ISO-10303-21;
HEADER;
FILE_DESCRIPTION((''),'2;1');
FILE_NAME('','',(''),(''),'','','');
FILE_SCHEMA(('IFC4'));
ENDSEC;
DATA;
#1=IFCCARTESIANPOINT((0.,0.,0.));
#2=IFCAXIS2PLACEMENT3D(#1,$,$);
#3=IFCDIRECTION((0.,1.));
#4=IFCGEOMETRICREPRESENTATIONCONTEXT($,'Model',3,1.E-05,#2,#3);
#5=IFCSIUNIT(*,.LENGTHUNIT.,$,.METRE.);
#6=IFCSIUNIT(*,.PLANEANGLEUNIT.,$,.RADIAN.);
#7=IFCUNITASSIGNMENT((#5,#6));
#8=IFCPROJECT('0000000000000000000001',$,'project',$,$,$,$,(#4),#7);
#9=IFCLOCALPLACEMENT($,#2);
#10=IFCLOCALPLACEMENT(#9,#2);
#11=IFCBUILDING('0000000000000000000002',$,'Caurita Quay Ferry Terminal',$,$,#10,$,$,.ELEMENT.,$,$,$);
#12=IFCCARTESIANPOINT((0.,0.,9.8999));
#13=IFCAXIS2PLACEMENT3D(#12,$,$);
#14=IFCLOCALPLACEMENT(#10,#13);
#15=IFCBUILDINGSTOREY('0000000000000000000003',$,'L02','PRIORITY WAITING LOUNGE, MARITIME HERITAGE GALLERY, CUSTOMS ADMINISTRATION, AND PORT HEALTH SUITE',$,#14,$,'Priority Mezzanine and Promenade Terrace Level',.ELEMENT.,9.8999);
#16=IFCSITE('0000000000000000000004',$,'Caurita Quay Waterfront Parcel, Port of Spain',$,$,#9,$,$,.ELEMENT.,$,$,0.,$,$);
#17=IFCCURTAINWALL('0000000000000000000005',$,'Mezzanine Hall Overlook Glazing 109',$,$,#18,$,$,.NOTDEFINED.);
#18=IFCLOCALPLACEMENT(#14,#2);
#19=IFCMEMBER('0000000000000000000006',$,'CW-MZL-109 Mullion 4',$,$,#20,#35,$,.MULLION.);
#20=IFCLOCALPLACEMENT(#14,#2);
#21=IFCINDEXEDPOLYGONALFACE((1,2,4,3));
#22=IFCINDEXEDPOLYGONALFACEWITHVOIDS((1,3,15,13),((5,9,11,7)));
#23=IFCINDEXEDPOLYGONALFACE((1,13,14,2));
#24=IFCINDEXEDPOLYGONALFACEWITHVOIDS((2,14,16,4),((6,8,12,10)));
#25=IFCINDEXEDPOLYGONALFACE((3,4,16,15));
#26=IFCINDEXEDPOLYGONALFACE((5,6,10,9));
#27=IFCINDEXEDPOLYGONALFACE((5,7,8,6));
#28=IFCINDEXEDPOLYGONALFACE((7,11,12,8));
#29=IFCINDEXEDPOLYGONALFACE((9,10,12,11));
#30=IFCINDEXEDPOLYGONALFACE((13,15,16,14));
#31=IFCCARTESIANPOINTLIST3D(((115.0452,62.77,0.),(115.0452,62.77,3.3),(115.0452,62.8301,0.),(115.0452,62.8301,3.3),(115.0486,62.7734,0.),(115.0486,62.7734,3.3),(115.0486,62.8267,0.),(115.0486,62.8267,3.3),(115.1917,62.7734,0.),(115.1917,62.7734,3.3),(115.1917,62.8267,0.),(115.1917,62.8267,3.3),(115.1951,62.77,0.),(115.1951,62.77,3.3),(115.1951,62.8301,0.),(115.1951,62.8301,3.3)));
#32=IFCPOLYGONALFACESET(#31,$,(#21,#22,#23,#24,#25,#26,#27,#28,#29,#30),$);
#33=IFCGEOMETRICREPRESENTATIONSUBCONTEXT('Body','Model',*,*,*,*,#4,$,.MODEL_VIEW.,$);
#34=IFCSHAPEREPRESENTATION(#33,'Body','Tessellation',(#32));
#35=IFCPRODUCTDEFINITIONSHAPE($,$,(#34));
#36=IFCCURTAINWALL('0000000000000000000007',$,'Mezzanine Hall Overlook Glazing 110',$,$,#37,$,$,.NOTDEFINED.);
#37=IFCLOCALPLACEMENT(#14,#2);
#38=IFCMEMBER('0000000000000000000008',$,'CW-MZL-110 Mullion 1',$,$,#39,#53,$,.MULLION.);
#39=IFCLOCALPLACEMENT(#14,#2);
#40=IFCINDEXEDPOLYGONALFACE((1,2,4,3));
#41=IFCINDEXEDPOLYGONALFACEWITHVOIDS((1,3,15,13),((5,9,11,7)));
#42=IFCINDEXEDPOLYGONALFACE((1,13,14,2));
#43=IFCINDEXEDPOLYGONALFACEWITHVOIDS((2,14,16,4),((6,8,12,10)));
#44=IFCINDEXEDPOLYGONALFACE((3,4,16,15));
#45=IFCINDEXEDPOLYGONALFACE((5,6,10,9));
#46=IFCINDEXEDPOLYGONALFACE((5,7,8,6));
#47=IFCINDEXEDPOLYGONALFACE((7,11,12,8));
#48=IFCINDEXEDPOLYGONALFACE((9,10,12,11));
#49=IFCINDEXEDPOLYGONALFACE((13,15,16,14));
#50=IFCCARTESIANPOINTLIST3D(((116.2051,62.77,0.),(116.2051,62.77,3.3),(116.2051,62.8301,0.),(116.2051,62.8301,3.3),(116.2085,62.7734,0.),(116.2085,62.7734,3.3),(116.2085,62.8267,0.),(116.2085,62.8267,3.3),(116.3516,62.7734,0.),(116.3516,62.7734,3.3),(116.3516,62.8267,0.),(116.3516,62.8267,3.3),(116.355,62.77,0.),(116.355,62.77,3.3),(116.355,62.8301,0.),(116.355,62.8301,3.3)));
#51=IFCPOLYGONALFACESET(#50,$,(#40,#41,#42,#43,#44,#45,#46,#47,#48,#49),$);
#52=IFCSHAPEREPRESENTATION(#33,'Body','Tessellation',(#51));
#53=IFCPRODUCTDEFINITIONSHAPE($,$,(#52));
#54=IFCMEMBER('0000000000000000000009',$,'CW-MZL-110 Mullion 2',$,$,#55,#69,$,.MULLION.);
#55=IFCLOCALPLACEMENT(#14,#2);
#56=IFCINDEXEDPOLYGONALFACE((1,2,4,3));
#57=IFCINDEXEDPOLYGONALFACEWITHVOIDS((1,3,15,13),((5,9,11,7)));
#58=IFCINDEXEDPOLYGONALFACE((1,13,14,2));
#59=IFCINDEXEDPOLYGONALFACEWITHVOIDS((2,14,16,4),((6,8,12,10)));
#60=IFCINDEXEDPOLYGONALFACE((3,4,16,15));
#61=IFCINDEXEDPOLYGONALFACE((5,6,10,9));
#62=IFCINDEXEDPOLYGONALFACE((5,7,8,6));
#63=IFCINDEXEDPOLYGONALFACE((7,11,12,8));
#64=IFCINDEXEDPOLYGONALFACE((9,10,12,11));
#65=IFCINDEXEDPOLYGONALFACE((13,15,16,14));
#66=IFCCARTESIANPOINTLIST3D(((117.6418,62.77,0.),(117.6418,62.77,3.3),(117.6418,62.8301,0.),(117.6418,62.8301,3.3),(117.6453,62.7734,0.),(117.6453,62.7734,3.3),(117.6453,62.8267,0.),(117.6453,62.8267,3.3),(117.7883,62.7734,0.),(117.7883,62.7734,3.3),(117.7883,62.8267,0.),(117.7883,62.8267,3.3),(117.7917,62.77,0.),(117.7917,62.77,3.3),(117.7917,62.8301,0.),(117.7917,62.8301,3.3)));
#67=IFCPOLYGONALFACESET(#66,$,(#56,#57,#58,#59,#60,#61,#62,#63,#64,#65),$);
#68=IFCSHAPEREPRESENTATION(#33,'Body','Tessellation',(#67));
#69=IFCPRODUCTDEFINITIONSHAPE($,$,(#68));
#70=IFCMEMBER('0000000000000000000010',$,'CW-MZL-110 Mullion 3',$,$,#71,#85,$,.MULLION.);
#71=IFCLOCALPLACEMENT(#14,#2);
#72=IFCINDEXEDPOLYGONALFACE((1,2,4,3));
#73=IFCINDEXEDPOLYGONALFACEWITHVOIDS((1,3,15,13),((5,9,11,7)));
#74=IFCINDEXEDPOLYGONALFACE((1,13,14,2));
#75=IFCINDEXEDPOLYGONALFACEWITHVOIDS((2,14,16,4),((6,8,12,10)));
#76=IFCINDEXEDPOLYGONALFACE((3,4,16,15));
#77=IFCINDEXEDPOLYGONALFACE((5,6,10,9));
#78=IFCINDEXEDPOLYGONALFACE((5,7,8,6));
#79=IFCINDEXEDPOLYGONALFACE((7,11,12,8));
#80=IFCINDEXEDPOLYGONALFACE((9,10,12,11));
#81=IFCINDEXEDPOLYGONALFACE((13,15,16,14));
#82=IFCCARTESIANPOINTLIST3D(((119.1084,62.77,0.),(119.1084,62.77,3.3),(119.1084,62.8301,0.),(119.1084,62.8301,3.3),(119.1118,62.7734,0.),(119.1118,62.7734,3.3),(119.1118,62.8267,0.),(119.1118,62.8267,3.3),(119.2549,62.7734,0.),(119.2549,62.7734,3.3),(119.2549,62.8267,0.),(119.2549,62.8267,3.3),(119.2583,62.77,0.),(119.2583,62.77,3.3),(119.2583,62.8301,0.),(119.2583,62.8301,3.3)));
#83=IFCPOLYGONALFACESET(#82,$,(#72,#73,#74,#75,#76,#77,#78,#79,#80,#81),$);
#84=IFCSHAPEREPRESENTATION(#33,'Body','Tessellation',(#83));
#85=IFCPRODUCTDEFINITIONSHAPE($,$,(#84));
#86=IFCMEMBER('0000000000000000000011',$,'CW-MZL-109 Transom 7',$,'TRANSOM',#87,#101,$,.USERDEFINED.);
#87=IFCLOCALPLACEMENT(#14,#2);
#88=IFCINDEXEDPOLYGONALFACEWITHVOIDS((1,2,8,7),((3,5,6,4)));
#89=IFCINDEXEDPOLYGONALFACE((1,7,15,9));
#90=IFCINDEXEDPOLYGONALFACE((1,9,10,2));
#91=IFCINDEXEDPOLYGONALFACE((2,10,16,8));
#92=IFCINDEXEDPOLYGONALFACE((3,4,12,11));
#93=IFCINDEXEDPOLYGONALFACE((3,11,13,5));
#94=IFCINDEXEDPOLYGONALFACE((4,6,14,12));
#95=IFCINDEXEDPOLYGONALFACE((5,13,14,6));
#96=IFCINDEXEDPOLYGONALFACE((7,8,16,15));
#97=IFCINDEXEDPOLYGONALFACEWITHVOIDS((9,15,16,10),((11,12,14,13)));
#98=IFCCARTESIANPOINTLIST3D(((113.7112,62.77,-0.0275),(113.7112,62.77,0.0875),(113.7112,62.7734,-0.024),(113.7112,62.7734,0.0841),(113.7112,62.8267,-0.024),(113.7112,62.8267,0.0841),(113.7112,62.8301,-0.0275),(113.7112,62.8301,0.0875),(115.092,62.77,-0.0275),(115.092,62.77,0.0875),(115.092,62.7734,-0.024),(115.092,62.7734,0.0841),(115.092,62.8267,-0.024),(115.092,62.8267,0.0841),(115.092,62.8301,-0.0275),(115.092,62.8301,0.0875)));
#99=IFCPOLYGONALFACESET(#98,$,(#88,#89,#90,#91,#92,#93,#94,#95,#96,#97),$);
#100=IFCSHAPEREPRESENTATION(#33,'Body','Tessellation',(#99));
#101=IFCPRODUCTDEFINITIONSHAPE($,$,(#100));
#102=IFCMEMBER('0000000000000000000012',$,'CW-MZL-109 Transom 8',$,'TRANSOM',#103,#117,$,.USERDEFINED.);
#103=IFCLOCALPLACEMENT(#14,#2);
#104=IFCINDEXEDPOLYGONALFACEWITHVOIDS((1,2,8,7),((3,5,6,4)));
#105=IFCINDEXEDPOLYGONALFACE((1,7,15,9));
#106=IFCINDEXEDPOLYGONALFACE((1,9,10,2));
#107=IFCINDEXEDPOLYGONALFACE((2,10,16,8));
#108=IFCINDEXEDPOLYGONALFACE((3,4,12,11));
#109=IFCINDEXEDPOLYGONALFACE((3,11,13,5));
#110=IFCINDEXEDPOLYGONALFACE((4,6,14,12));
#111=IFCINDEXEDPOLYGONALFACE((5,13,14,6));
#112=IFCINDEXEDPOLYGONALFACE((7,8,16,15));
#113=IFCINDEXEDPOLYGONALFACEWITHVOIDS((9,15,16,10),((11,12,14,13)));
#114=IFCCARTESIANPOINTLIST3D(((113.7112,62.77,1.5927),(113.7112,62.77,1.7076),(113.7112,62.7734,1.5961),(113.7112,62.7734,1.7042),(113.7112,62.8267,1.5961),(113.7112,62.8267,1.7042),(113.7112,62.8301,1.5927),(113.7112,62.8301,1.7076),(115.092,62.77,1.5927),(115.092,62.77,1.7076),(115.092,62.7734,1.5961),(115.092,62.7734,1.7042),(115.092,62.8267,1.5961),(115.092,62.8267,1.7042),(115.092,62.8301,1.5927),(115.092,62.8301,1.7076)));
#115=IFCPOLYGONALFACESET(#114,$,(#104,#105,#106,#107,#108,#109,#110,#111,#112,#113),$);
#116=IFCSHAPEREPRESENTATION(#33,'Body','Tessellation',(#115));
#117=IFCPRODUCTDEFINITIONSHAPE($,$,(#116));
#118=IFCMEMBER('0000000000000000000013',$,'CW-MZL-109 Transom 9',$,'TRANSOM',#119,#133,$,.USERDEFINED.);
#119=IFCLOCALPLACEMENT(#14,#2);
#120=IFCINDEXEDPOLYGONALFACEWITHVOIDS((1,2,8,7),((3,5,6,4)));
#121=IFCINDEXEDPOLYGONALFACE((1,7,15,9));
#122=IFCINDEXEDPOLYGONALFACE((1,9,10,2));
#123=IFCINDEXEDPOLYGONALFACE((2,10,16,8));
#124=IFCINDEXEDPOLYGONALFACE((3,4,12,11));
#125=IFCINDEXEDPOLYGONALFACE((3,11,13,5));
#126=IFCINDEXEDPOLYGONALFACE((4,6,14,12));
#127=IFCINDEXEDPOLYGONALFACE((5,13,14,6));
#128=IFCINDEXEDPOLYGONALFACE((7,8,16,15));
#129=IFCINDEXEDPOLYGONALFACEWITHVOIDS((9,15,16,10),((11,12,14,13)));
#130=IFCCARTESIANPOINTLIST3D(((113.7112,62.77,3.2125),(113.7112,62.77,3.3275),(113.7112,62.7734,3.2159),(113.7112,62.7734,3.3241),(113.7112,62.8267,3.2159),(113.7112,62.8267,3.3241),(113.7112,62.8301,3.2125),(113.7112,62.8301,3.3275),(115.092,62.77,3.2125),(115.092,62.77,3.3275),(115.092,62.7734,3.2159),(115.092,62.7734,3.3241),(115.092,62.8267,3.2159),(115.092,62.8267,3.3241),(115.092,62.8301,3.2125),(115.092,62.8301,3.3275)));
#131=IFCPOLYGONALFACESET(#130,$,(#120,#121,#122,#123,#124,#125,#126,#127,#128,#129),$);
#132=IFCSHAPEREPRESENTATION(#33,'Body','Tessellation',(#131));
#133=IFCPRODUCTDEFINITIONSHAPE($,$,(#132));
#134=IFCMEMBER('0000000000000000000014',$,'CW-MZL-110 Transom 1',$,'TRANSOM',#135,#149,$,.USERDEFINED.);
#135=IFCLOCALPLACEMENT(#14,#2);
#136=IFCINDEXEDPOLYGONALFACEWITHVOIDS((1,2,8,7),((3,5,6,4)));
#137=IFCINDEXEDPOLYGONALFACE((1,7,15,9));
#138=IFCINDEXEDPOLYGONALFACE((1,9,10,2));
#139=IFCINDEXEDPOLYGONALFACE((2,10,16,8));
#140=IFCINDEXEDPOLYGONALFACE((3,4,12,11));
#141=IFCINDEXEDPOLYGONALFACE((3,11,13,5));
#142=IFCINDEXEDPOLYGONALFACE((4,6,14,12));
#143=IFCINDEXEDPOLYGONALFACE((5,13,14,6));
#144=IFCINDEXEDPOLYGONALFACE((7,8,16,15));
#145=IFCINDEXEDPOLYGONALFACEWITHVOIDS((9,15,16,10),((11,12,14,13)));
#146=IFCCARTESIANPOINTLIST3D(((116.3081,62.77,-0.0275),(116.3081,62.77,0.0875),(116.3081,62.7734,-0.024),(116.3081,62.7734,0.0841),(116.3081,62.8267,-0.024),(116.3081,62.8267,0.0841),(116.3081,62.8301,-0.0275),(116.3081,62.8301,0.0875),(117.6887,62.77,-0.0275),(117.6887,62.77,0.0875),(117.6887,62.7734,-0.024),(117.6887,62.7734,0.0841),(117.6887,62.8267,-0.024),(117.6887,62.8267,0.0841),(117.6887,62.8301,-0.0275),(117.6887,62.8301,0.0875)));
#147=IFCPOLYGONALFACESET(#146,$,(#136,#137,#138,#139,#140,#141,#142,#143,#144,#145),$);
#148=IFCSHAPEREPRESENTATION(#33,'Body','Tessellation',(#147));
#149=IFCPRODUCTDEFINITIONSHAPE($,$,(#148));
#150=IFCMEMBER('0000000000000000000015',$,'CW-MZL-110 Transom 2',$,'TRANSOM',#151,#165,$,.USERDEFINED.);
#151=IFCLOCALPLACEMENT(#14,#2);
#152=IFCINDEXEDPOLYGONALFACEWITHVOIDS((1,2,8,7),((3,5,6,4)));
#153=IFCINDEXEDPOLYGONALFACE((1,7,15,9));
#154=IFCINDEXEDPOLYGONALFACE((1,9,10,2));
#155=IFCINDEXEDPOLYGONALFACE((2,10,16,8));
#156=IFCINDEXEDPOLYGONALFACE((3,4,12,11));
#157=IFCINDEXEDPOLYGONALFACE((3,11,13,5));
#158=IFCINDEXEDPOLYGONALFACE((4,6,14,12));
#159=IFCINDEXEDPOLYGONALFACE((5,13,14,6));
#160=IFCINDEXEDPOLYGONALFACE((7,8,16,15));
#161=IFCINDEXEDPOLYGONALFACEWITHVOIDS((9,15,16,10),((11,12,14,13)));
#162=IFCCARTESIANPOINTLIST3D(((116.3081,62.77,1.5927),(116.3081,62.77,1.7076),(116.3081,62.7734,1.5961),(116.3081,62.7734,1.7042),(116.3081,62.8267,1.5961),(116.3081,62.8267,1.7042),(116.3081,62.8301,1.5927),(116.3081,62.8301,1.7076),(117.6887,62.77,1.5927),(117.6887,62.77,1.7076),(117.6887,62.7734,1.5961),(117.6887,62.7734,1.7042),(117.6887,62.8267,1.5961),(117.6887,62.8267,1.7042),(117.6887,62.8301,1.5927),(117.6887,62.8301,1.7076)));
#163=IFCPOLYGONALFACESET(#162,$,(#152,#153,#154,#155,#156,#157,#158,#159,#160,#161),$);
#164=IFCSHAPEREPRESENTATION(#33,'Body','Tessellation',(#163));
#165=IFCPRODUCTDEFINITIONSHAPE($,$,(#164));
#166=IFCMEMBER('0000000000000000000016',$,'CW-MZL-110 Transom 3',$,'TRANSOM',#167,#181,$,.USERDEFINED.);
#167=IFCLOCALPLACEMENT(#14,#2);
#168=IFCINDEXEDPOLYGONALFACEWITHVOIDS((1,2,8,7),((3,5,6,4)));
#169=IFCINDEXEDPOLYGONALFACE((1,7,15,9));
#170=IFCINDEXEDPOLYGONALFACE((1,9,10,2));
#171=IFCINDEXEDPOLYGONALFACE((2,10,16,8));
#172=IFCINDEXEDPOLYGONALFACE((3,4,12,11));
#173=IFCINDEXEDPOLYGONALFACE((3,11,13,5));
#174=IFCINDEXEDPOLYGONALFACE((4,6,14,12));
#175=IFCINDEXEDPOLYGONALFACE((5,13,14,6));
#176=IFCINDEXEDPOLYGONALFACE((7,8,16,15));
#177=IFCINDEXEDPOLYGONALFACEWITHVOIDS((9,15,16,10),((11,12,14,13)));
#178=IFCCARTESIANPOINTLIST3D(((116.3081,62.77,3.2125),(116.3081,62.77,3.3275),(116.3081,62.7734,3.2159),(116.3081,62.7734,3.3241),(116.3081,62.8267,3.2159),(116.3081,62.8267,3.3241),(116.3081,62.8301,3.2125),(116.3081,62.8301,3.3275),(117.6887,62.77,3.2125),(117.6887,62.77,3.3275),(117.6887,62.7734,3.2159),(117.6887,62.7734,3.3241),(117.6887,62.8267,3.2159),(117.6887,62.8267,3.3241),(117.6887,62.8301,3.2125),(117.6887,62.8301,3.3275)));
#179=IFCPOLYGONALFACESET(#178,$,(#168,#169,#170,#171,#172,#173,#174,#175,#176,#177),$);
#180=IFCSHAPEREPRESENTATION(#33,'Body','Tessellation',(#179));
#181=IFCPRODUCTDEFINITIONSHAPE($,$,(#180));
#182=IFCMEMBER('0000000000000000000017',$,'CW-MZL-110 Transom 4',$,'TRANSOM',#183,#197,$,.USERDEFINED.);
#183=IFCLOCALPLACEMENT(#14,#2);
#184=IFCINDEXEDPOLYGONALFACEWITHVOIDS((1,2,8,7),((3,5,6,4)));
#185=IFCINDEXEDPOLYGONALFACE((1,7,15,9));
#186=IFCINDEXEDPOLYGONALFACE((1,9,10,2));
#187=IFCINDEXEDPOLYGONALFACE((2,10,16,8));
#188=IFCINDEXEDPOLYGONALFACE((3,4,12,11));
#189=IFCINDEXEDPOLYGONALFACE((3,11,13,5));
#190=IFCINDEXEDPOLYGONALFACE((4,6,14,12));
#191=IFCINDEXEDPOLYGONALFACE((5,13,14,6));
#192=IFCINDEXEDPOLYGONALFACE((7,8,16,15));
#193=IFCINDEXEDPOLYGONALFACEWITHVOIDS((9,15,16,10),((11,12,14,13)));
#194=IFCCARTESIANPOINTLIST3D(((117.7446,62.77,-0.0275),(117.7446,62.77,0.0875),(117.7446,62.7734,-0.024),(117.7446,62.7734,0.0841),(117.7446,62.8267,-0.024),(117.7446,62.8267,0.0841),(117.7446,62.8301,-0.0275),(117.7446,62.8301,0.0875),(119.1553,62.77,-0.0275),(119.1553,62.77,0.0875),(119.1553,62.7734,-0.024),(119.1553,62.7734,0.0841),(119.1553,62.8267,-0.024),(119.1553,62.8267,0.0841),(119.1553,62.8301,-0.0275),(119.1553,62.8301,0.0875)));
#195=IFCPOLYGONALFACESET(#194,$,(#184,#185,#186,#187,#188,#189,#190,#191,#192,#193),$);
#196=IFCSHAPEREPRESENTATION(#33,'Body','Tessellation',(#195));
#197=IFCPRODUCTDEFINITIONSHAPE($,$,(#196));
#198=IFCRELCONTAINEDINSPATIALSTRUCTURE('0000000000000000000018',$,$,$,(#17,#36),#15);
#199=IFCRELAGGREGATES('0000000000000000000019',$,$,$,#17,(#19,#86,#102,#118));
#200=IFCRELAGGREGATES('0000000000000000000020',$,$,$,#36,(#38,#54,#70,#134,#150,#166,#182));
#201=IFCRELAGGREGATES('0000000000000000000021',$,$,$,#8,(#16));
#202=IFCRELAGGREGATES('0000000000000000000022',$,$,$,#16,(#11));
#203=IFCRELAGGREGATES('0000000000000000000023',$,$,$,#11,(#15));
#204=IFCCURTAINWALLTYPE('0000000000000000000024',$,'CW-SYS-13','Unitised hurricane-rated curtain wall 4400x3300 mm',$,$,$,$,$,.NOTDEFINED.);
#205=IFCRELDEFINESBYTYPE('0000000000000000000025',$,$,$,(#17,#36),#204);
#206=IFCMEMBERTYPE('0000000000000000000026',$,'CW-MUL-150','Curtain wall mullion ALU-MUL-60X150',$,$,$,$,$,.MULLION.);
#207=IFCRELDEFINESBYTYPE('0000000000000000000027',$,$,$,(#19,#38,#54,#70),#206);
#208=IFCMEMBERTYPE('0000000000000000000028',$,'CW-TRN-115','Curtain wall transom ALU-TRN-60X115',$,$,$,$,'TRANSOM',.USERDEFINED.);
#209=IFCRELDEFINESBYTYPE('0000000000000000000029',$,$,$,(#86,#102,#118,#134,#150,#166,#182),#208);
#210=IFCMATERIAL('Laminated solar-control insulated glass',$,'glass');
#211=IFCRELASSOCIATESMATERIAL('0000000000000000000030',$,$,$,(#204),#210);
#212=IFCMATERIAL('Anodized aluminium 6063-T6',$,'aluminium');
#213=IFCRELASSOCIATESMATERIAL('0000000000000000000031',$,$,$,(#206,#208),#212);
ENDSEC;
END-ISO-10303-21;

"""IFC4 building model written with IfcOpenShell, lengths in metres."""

from ifc_helpers import new_model, si_unit, direction, frame, origin, origin_2d, place, context, subcontext, project, spatial, hollow_rectangle, extrude, material, material_profile, profile_set, type_object, element, aggregate, save


model = new_model("IFC4")

# Units and contexts
model_context = context("Model", 3, precision=1e-05, world=origin(), true_north=direction((0.0, 1.0)))
body_context = subcontext(model_context, "Body", "Model", "MODEL_VIEW")
ifc_project = project(units=[si_unit("LENGTHUNIT", "METRE"), si_unit("PLANEANGLEUNIT", "RADIAN")], contexts=[model_context])

# Site, building, storey
site_placement = place(None, origin())
site = spatial("IfcSite", under=ifc_project, at=site_placement, Name="Caurita Quay Waterfront Parcel, Port of Spain", CompositionType="ELEMENT", RefElevation=0.0)
building_placement = place(site_placement, origin())
building = spatial("IfcBuilding", under=site, at=building_placement, Name="Caurita Quay Ferry Terminal", CompositionType="ELEMENT")
storey_placement = place(building_placement, frame((0.0, 0.0, 9.8999)))
storey = spatial("IfcBuildingStorey", under=building, at=storey_placement, Name="L02", Description="PRIORITY WAITING LOUNGE, MARITIME HERITAGE GALLERY, CUSTOMS ADMINISTRATION, AND PORT HEALTH SUITE", LongName="Priority Mezzanine and Promenade Terrace Level", CompositionType="ELEMENT", Elevation=9.8999)

# Curtain wall, member
ifc_material_1 = material(Name="Laminated solar-control insulated glass", Category="glass")
curtain_wall_type_1 = type_object("IfcCurtainWallType", Name="CW-SYS-13", Description="Unitised hurricane-rated curtain wall 4400x3300 mm", PredefinedType="NOTDEFINED", material=ifc_material_1)
curtain_wall_1_placement = place(storey_placement, origin())
curtain_wall_1 = element("IfcCurtainWall", 1, at=curtain_wall_1_placement, inside=storey, type_object=curtain_wall_type_1, Name="Mezzanine Hall Overlook Glazing 109", PredefinedType="NOTDEFINED")
ifc_material_2 = material(Name="Anodized aluminium 6063-T6", Category="aluminium")
ifc_material_profile_1 = material_profile(ifc_material_2, hollow_rectangle(XDim=0.0601, YDim=0.1499, WallThickness=0.0034, at=origin_2d()), Name="ALU-MUL-60X150")
ifc_profile_set_1 = profile_set([ifc_material_profile_1], Name="Anodized aluminium 6063-T6")
member_type_1 = type_object("IfcMemberType", Name="CW-MUL-150", Description="Curtain wall mullion ALU-MUL-60X150", PredefinedType="MULLION", material=ifc_profile_set_1)
member_1_placement = place(storey_placement, frame((115.1201, 62.8, 0.0), z_axis=(0.0, 0.0, 1.0), x_axis=(0.0, 1.0, 0.0)))
member_1 = element("IfcMember", 2, at=member_1_placement, type_object=member_type_1, Name="CW-MZL-109 Mullion 4", PredefinedType="MULLION", context=body_context, shape_type="SweptSolid", body=[
    extrude(hollow_rectangle(XDim=0.0601, YDim=0.1499, WallThickness=0.0034, at=origin_2d()), origin(), (0.0, 0.0, 1.0), 3.3),
])

# Curtain wall, members
curtain_wall_2_placement = place(storey_placement, origin())
curtain_wall_2 = element("IfcCurtainWall", 3, at=curtain_wall_2_placement, inside=storey, type_object=curtain_wall_type_1, Name="Mezzanine Hall Overlook Glazing 110", PredefinedType="NOTDEFINED")
member_2_placement = place(storey_placement, frame((116.28, 62.8, 0.0), z_axis=(0.0, 0.0, 1.0), x_axis=(0.0, 1.0, 0.0)))
member_2 = element("IfcMember", 4, at=member_2_placement, type_object=member_type_1, Name="CW-MZL-110 Mullion 1", PredefinedType="MULLION", context=body_context, shape_type="SweptSolid", body=[
    extrude(hollow_rectangle(XDim=0.0601, YDim=0.1499, WallThickness=0.0034, at=origin_2d()), origin(), (0.0, 0.0, 1.0), 3.3),
])
member_3_placement = place(storey_placement, frame((117.7168, 62.8, 0.0), z_axis=(0.0, 0.0, 1.0), x_axis=(0.0, 1.0, 0.0)))
member_3 = element("IfcMember", 5, at=member_3_placement, type_object=member_type_1, Name="CW-MZL-110 Mullion 2", PredefinedType="MULLION", context=body_context, shape_type="SweptSolid", body=[
    extrude(hollow_rectangle(XDim=0.0601, YDim=0.1499, WallThickness=0.0034, at=origin_2d()), origin(), (0.0, 0.0, 1.0), 3.3),
])
member_4_placement = place(storey_placement, frame((119.1833, 62.8, 0.0), z_axis=(0.0, 0.0, 1.0), x_axis=(0.0, 1.0, 0.0)))
member_4 = element("IfcMember", 6, at=member_4_placement, type_object=member_type_1, Name="CW-MZL-110 Mullion 3", PredefinedType="MULLION", context=body_context, shape_type="SweptSolid", body=[
    extrude(hollow_rectangle(XDim=0.0601, YDim=0.1499, WallThickness=0.0034, at=origin_2d()), origin(), (0.0, 0.0, 1.0), 3.3),
])

# Members
ifc_material_profile_2 = material_profile(ifc_material_2, hollow_rectangle(XDim=0.0601, YDim=0.115, WallThickness=0.0034, at=origin_2d()), Name="ALU-TRN-60X115")
ifc_profile_set_2 = profile_set([ifc_material_profile_2], Name="Anodized aluminium 6063-T6")
member_type_2 = type_object("IfcMemberType", Name="CW-TRN-115", Description="Curtain wall transom ALU-TRN-60X115", ElementType="TRANSOM", PredefinedType="USERDEFINED", material=ifc_profile_set_2)
member_5_placement = place(storey_placement, frame((113.7112, 62.8, 0.03), z_axis=(1.0, 0.0, 0.0), x_axis=(0.0, 1.0, 0.0)))
member_5 = element("IfcMember", 7, at=member_5_placement, type_object=member_type_2, Name="CW-MZL-109 Transom 7", ObjectType="TRANSOM", PredefinedType="USERDEFINED", context=body_context, shape_type="SweptSolid", body=[
    extrude(hollow_rectangle(XDim=0.0601, YDim=0.115, WallThickness=0.0034, at=origin_2d()), origin(), (0.0, 0.0, 1.0), 1.3809),
])
member_6_placement = place(storey_placement, frame((113.7112, 62.8, 1.6501), z_axis=(1.0, 0.0, 0.0), x_axis=(0.0, 1.0, 0.0)))
member_6 = element("IfcMember", 8, at=member_6_placement, type_object=member_type_2, Name="CW-MZL-109 Transom 8", ObjectType="TRANSOM", PredefinedType="USERDEFINED", context=body_context, shape_type="SweptSolid", body=[
    extrude(hollow_rectangle(XDim=0.0601, YDim=0.115, WallThickness=0.0034, at=origin_2d()), origin(), (0.0, 0.0, 1.0), 1.3809),
])
member_7_placement = place(storey_placement, frame((113.7112, 62.8, 3.27), z_axis=(1.0, 0.0, 0.0), x_axis=(0.0, 1.0, 0.0)))
member_7 = element("IfcMember", 9, at=member_7_placement, type_object=member_type_2, Name="CW-MZL-109 Transom 9", ObjectType="TRANSOM", PredefinedType="USERDEFINED", context=body_context, shape_type="SweptSolid", body=[
    extrude(hollow_rectangle(XDim=0.0601, YDim=0.115, WallThickness=0.0034, at=origin_2d()), origin(), (0.0, 0.0, 1.0), 1.3809),
])
member_8_placement = place(storey_placement, frame((116.3081, 62.8, 0.03), z_axis=(1.0, 0.0, 0.0), x_axis=(0.0, 1.0, 0.0)))
member_8 = element("IfcMember", 10, at=member_8_placement, type_object=member_type_2, Name="CW-MZL-110 Transom 1", ObjectType="TRANSOM", PredefinedType="USERDEFINED", context=body_context, shape_type="SweptSolid", body=[
    extrude(hollow_rectangle(XDim=0.0601, YDim=0.115, WallThickness=0.0034, at=origin_2d()), origin(), (0.0, 0.0, 1.0), 1.3806),
])
member_9_placement = place(storey_placement, frame((116.3081, 62.8, 1.6501), z_axis=(1.0, 0.0, 0.0), x_axis=(0.0, 1.0, 0.0)))
member_9 = element("IfcMember", 11, at=member_9_placement, type_object=member_type_2, Name="CW-MZL-110 Transom 2", ObjectType="TRANSOM", PredefinedType="USERDEFINED", context=body_context, shape_type="SweptSolid", body=[
    extrude(hollow_rectangle(XDim=0.0601, YDim=0.115, WallThickness=0.0034, at=origin_2d()), origin(), (0.0, 0.0, 1.0), 1.3806),
])
member_10_placement = place(storey_placement, frame((116.3081, 62.8, 3.27), z_axis=(1.0, 0.0, 0.0), x_axis=(0.0, 1.0, 0.0)))
member_10 = element("IfcMember", 12, at=member_10_placement, type_object=member_type_2, Name="CW-MZL-110 Transom 3", ObjectType="TRANSOM", PredefinedType="USERDEFINED", context=body_context, shape_type="SweptSolid", body=[
    extrude(hollow_rectangle(XDim=0.0601, YDim=0.115, WallThickness=0.0034, at=origin_2d()), origin(), (0.0, 0.0, 1.0), 1.3806),
])
member_11_placement = place(storey_placement, frame((117.7446, 62.8, 0.03), z_axis=(1.0, 0.0, 0.0), x_axis=(0.0, 1.0, 0.0)))
member_11 = element("IfcMember", 13, at=member_11_placement, type_object=member_type_2, Name="CW-MZL-110 Transom 4", ObjectType="TRANSOM", PredefinedType="USERDEFINED", context=body_context, shape_type="SweptSolid", body=[
    extrude(hollow_rectangle(XDim=0.0601, YDim=0.115, WallThickness=0.0034, at=origin_2d()), origin(), (0.0, 0.0, 1.0), 1.4106),
])

aggregate(curtain_wall_1, [member_1, member_5, member_6, member_7])
aggregate(curtain_wall_2, [member_2, member_3, member_4, member_8, member_9, member_10, member_11])

save(model, "model.ifc")
